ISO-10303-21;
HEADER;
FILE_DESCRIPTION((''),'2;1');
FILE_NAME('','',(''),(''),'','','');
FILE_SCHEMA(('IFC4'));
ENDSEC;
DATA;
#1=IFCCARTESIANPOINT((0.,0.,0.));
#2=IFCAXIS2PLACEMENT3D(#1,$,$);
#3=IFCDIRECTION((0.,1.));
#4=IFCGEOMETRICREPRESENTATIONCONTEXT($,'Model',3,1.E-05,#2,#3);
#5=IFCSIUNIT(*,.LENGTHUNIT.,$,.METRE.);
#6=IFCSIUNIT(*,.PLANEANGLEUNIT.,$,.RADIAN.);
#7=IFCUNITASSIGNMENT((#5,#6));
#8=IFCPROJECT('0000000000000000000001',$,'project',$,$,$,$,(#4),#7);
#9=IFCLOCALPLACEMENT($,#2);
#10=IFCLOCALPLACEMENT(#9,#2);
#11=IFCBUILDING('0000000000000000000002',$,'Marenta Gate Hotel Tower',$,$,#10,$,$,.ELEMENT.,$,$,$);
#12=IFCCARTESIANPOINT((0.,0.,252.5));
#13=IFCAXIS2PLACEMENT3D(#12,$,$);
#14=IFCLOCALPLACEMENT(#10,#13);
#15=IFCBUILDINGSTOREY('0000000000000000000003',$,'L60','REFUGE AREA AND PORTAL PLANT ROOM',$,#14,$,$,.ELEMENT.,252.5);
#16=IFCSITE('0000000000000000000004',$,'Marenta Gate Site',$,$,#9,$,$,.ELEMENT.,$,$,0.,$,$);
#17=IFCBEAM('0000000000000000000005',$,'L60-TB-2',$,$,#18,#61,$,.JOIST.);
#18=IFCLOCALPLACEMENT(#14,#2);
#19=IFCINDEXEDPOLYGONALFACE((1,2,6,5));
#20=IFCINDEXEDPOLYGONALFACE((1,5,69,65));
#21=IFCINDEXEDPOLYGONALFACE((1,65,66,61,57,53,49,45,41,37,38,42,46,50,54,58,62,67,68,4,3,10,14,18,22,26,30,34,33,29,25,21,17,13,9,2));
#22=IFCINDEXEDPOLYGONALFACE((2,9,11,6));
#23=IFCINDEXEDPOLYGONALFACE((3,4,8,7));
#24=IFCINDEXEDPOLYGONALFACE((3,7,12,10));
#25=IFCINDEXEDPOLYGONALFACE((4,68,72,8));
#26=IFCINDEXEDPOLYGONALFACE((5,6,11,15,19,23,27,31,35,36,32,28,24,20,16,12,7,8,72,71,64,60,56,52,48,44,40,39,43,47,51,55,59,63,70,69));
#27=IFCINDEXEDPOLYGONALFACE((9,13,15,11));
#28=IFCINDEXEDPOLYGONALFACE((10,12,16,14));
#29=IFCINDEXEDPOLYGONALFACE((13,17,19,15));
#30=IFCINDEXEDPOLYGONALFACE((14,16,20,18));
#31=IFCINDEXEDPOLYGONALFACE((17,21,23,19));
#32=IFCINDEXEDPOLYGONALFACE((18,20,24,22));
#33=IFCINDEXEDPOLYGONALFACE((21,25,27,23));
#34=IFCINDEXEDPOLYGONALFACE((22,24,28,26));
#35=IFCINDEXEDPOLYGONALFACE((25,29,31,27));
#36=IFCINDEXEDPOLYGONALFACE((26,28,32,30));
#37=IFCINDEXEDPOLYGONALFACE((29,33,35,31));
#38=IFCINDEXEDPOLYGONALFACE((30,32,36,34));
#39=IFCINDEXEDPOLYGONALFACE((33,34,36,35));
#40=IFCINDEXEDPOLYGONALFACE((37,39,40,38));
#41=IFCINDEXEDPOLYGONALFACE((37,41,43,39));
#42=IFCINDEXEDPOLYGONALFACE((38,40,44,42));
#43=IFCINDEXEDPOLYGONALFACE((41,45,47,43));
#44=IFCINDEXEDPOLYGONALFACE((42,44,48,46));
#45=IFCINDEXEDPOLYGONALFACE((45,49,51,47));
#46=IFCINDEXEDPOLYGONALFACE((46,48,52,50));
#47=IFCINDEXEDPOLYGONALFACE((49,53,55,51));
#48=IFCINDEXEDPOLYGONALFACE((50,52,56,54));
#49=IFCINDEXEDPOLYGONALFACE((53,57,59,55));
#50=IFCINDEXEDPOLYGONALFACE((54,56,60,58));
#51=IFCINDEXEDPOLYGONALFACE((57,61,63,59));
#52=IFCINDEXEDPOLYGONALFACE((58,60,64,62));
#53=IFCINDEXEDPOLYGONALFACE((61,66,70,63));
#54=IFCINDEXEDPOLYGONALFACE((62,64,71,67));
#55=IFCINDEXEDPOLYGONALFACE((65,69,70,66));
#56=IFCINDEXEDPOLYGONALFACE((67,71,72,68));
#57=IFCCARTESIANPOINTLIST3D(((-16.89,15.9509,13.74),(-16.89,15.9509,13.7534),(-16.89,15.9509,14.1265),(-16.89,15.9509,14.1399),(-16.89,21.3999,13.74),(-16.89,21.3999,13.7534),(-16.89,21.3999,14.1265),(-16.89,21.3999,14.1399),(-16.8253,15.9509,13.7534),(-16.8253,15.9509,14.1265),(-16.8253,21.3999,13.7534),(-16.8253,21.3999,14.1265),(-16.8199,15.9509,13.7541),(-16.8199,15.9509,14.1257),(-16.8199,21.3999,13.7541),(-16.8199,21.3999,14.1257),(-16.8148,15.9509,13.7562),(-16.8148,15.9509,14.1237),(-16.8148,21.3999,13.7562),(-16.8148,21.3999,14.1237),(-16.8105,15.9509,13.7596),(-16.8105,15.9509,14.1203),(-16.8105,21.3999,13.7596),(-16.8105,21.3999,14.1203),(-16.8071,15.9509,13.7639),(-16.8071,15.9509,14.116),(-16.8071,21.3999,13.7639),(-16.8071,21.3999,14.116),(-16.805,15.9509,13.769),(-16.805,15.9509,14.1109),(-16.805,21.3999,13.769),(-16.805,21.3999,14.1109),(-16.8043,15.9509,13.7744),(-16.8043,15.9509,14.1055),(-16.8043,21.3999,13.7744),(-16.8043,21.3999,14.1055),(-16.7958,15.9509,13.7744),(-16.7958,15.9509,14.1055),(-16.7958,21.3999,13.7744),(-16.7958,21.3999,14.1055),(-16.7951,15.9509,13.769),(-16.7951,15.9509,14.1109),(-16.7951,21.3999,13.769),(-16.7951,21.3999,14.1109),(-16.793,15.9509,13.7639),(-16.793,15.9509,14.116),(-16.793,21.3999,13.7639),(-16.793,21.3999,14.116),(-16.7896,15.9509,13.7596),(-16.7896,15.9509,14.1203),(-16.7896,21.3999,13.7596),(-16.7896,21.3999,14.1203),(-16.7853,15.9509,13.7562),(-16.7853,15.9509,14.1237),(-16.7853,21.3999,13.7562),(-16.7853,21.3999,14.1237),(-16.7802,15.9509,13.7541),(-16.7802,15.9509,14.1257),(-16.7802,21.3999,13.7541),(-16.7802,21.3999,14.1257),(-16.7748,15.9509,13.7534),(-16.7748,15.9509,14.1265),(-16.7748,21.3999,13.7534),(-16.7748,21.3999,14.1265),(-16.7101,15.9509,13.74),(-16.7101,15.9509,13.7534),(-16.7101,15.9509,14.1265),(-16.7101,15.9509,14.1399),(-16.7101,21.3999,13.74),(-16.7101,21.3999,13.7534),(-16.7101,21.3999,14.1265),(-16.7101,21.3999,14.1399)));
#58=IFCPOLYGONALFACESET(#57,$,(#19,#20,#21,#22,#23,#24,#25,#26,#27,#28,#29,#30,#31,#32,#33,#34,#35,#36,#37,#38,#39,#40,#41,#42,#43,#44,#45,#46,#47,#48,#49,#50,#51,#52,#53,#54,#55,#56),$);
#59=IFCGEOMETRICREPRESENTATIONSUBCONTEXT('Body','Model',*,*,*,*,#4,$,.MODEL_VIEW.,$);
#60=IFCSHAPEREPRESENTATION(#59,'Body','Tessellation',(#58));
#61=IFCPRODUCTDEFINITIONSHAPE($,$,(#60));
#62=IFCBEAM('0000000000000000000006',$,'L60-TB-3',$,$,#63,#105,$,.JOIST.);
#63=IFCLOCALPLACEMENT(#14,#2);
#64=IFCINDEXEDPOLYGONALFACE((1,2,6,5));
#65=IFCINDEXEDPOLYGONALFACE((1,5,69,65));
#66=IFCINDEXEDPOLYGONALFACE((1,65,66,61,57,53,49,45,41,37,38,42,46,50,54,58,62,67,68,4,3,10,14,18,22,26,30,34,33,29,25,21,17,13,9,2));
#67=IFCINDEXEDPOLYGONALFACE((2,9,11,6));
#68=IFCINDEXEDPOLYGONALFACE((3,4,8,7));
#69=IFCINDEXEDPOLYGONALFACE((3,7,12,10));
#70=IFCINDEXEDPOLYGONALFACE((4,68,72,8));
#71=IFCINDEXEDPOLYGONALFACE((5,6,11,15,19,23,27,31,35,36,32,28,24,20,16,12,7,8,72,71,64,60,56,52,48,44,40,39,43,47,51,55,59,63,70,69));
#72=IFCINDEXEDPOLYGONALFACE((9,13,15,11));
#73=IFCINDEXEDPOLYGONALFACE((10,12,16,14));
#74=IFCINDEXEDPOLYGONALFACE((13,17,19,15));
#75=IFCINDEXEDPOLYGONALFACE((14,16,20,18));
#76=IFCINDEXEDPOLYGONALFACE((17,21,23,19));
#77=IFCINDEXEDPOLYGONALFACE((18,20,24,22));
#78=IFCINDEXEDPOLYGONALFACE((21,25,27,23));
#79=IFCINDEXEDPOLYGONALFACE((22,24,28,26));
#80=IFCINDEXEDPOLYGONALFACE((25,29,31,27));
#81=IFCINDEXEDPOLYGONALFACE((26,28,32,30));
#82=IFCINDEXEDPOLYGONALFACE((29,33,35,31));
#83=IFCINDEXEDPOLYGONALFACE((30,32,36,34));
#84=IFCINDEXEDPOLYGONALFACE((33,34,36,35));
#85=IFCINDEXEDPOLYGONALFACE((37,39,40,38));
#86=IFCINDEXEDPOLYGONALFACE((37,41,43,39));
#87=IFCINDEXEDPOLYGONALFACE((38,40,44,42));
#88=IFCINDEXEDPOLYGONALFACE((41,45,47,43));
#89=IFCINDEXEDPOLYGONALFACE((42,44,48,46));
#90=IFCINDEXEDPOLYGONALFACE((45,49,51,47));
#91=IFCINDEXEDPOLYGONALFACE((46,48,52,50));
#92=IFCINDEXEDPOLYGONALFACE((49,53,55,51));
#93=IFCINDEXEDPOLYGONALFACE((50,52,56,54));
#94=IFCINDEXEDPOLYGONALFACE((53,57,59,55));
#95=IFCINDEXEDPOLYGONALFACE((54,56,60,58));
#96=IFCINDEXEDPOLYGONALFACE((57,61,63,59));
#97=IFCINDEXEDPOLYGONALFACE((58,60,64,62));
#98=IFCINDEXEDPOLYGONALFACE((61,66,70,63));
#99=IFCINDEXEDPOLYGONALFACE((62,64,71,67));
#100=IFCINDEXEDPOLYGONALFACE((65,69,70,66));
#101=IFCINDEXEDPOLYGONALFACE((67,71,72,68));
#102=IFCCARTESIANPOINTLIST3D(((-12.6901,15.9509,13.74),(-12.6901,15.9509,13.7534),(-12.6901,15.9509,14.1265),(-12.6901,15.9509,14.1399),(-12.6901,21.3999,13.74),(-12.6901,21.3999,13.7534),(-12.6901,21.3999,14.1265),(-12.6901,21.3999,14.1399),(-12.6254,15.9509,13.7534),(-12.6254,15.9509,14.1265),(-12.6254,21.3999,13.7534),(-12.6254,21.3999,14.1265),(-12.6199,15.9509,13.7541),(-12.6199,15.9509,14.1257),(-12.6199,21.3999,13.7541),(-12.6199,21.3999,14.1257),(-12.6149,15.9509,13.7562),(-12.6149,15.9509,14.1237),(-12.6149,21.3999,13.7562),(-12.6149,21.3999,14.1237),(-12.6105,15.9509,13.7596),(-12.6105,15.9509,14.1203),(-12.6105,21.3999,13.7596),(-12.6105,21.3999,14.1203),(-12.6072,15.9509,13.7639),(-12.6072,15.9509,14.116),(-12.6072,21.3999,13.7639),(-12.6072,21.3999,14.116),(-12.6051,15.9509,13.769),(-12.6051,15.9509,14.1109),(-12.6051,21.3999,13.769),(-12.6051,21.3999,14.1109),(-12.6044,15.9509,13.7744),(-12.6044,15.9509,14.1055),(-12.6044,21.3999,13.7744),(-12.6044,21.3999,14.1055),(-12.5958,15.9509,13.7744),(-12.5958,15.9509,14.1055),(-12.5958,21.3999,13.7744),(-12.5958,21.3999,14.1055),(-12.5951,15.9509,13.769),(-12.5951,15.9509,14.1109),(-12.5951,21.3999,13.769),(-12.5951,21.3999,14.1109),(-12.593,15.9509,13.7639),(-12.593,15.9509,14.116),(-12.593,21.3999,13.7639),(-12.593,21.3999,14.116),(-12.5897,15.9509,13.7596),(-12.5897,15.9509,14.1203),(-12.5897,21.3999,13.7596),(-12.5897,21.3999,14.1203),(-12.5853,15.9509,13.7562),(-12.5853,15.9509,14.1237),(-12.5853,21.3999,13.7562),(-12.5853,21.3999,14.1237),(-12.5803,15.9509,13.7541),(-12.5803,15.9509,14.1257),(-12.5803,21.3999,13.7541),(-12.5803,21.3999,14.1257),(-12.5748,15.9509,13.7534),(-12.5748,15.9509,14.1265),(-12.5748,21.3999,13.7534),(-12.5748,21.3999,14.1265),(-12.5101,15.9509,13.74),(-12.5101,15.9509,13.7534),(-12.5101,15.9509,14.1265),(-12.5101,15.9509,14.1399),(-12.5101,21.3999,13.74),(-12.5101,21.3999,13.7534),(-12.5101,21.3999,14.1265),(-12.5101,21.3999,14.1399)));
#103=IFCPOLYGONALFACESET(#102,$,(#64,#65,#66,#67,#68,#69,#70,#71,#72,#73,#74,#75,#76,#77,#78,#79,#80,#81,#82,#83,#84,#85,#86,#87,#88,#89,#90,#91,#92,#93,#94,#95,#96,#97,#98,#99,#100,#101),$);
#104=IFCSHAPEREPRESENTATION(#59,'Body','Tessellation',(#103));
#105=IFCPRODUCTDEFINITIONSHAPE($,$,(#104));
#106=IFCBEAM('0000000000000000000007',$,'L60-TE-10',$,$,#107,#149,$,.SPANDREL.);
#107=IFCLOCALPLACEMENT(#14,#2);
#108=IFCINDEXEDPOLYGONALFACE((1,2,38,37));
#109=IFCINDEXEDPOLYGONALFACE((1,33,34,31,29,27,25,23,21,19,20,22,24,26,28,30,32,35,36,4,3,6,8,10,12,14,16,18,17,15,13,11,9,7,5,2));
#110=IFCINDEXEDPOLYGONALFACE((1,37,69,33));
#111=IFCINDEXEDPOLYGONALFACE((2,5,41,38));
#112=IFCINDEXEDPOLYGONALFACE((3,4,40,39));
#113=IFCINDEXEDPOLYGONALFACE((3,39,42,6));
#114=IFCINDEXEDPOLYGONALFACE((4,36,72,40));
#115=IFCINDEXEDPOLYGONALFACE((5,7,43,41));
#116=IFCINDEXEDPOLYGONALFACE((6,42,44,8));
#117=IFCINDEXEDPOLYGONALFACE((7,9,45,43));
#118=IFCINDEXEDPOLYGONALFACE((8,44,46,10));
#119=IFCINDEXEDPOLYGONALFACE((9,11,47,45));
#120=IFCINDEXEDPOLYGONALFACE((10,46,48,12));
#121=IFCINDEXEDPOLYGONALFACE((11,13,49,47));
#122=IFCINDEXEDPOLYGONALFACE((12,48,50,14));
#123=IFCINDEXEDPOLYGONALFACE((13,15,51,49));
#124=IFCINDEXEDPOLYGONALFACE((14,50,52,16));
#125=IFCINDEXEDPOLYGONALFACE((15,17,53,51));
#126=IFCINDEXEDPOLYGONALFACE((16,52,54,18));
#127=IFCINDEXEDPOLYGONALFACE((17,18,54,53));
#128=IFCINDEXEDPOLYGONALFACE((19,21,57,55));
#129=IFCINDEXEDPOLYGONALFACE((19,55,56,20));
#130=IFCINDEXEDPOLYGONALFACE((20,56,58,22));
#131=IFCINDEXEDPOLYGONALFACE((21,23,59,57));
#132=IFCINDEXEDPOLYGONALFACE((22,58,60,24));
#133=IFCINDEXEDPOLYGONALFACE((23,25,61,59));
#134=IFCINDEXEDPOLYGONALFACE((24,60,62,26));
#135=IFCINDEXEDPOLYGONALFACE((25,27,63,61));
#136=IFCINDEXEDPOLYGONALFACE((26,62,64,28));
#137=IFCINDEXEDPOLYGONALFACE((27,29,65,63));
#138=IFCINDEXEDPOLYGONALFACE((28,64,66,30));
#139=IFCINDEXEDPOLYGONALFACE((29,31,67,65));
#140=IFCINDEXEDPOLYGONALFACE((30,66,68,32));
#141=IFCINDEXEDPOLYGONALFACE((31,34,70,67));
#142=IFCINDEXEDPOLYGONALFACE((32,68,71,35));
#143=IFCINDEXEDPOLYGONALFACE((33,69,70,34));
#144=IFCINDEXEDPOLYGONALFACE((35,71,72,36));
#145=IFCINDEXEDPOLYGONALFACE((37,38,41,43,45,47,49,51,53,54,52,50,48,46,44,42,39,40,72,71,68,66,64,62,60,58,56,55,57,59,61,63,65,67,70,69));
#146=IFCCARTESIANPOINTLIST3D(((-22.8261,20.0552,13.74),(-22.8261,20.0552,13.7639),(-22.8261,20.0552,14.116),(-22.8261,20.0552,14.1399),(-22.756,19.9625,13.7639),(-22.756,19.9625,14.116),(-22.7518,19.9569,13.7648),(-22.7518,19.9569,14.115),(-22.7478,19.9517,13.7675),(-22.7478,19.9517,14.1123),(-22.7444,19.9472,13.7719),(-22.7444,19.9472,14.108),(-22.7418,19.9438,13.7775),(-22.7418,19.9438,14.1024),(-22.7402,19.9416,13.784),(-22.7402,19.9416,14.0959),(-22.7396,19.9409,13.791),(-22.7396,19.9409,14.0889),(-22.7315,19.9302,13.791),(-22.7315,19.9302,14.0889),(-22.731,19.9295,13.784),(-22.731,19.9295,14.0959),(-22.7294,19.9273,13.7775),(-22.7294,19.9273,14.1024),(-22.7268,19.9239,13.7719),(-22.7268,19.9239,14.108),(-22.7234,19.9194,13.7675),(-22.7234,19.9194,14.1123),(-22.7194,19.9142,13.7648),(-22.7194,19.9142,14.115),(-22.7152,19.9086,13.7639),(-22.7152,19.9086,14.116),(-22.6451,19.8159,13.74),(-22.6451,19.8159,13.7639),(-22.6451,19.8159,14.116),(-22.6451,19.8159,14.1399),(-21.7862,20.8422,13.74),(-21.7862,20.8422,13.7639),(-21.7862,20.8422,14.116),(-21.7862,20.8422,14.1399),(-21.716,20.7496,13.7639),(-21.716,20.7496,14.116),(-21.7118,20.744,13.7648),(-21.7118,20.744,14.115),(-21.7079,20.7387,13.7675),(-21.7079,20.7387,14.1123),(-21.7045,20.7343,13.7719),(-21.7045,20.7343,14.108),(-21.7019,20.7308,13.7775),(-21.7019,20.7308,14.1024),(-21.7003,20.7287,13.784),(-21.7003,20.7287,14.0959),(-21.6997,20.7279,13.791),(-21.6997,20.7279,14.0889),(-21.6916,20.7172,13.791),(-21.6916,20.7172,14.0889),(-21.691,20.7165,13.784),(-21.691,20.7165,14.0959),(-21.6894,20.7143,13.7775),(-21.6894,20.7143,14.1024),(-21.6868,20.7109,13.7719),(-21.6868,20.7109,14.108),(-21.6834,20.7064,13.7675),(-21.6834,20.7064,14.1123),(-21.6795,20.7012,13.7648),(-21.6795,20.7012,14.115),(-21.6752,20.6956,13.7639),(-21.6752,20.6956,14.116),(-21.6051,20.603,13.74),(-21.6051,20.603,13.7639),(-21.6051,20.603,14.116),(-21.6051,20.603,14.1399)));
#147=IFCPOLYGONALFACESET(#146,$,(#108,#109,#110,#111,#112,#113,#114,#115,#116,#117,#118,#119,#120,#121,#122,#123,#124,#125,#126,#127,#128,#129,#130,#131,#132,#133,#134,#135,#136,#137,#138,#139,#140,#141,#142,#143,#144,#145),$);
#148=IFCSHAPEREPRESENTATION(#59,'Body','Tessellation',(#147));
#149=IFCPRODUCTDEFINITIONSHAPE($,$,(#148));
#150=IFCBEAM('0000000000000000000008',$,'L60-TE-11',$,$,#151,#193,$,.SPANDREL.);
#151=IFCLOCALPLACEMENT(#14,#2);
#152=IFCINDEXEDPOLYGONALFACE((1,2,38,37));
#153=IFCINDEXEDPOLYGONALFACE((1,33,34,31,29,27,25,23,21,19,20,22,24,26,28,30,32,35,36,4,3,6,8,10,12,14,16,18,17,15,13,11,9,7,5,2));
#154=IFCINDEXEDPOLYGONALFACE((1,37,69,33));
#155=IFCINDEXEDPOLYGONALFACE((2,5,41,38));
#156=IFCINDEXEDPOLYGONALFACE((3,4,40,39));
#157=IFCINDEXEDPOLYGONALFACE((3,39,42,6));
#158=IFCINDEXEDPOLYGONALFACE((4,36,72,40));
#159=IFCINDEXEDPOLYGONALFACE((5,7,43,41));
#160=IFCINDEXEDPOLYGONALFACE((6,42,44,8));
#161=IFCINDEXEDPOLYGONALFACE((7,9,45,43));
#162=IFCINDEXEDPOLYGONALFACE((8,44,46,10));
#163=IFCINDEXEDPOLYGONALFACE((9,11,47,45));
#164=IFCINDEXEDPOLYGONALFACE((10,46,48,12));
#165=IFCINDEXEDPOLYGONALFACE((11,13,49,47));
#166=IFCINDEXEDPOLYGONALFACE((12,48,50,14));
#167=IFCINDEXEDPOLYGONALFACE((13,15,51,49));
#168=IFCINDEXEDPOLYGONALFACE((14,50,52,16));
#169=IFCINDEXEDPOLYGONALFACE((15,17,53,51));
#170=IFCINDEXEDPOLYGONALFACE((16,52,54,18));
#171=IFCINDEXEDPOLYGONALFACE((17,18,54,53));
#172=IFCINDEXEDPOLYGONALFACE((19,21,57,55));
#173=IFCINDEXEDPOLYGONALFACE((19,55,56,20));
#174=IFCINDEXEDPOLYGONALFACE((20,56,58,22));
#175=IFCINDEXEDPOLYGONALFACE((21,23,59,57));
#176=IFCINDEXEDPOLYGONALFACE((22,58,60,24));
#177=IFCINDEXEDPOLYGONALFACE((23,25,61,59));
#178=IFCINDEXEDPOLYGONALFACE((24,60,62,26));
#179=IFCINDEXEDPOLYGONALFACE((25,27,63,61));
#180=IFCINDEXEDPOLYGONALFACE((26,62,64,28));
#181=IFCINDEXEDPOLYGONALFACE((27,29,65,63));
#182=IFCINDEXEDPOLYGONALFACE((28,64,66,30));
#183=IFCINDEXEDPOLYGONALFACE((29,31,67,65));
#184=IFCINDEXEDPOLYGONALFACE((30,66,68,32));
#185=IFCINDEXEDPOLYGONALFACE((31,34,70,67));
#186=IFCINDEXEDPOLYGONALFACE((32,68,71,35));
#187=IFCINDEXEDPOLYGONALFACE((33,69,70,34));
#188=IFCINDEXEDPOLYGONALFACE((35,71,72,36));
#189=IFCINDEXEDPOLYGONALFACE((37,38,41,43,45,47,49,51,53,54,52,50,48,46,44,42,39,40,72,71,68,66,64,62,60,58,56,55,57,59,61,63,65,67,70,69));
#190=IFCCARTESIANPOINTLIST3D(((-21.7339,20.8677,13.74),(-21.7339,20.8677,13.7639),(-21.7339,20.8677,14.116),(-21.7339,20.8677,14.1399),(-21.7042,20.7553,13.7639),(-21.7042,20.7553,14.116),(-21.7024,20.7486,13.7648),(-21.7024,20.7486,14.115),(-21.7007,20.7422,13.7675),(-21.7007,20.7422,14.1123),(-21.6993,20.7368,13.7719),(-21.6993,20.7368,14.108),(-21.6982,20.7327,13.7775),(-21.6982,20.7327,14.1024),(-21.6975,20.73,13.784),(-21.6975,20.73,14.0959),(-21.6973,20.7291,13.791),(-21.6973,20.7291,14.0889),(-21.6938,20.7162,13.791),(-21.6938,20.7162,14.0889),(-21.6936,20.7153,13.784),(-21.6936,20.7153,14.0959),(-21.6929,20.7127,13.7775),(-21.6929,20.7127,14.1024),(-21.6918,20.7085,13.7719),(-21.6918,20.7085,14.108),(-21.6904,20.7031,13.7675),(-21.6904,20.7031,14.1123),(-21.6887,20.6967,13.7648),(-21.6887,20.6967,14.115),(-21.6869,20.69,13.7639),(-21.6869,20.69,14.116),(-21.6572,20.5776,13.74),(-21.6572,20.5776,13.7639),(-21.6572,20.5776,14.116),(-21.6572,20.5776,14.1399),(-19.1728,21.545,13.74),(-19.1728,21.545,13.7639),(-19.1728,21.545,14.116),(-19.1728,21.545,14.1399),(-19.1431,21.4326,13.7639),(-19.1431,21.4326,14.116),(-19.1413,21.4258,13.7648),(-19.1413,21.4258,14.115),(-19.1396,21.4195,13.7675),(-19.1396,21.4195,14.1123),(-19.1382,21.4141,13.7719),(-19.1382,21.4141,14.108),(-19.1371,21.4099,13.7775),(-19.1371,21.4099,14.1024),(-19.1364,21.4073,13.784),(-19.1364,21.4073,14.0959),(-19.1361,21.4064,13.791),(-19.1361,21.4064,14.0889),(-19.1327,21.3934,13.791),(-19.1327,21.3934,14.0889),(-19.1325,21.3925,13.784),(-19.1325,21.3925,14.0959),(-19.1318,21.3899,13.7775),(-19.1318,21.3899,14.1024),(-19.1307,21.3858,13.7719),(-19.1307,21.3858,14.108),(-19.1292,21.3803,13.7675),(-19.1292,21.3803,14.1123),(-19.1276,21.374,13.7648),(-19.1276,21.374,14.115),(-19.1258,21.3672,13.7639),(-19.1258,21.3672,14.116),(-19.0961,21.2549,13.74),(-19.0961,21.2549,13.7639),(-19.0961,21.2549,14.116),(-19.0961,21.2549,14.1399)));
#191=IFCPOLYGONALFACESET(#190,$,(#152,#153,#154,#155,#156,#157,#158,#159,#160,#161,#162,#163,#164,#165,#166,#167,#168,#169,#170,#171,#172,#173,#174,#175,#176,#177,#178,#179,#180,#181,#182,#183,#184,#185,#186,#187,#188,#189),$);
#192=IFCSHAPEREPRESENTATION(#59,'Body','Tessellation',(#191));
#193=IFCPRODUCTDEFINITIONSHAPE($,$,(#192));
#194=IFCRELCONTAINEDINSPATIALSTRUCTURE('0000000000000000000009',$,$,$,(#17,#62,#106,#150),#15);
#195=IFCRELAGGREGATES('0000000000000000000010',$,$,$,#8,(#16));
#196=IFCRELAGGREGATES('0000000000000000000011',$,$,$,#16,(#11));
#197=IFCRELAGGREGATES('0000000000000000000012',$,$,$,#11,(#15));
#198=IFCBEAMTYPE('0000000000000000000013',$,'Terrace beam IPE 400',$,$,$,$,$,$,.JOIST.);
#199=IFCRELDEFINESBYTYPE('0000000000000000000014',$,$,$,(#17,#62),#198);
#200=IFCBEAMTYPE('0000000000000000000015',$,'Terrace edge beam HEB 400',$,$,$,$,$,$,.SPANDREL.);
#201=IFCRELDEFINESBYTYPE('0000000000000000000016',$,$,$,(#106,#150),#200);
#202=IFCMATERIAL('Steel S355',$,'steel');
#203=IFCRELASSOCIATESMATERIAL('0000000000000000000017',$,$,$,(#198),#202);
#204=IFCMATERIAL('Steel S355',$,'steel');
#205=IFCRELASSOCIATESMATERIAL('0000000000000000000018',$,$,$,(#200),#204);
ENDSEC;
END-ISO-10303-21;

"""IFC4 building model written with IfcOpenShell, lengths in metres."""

from ifc_helpers import new_model, si_unit, direction, frame, origin, origin_2d, place, context, subcontext, project, spatial, i_section, extrude, material, material_profile, profile_set, type_object, element, save


model = new_model("IFC4")

# Units and contexts
model_context = context("Model", 3, precision=1e-05, world=origin(), true_north=direction((0.0, 1.0)))
body_context = subcontext(model_context, "Body", "Model", "MODEL_VIEW")
ifc_project = project(units=[si_unit("LENGTHUNIT", "METRE"), si_unit("PLANEANGLEUNIT", "RADIAN")], contexts=[model_context])

# Site, building, storey
site_placement = place(None, origin())
site = spatial("IfcSite", under=ifc_project, at=site_placement, Name="Marenta Gate Site", CompositionType="ELEMENT", RefElevation=0.0)
building_placement = place(site_placement, origin())
building = spatial("IfcBuilding", under=site, at=building_placement, Name="Marenta Gate Hotel Tower", CompositionType="ELEMENT")
storey_placement = place(building_placement, frame((0.0, 0.0, 252.5)))
storey = spatial("IfcBuildingStorey", under=building, at=storey_placement, Name="L60", Description="REFUGE AREA AND PORTAL PLANT ROOM", CompositionType="ELEMENT", Elevation=252.5)

# Beams
ifc_material_1 = material(Name="Steel S355", Category="steel")
ifc_material_profile_1 = material_profile(ifc_material_1, i_section(OverallWidth=0.1799, OverallDepth=0.3999, WebThickness=0.0085, FlangeThickness=0.0134, FilletRadius=0.021, at=origin_2d()), Name="IPE 400")
ifc_profile_set_1 = profile_set([ifc_material_profile_1], Name="Steel S355")
beam_type_1 = type_object("IfcBeamType", Name="Terrace beam IPE 400", PredefinedType="JOIST", material=ifc_profile_set_1)
for number, where, z_axis, x_axis, name in (
    (1, (-16.8, 15.9509, 13.9399), (0.0, 1.0, 0.0), (-1.0, 0.0, 0.0), "L60-TB-2"),
    (2, (-12.6001, 15.9509, 13.9399), (0.0, 1.0, 0.0), (-1.0, 0.0, 0.0), "L60-TB-3"),
):
    element("IfcBeam", number, at=place(storey_placement, frame(where, z_axis=z_axis, x_axis=x_axis)), inside=storey, type_object=beam_type_1, Name=name, PredefinedType="JOIST", context=body_context, shape_type="SweptSolid", body=[
        extrude(i_section(OverallWidth=0.1799, OverallDepth=0.3999, WebThickness=0.0085, FlangeThickness=0.0134, FilletRadius=0.021, at=origin_2d()), origin(), (0.0, 0.0, 1.0), 5.449),
    ])
ifc_material_2 = material(Name="Steel S355", Category="steel")
ifc_material_profile_2 = material_profile(ifc_material_2, i_section(OverallWidth=0.3, OverallDepth=0.3999, WebThickness=0.0134, FlangeThickness=0.0239, FilletRadius=0.0271, at=origin_2d()), Name="HEB 400")
ifc_profile_set_2 = profile_set([ifc_material_profile_2], Name="Steel S355")
beam_type_2 = type_object("IfcBeamType", Name="Terrace edge beam HEB 400", PredefinedType="SPANDREL", material=ifc_profile_set_2)
beam_1_placement = place(storey_placement, frame((-22.7356, 19.9355, 13.9399), z_axis=(0.797387, 0.603468, 0.0), x_axis=(-0.603468, 0.797387, 0.0)))
element("IfcBeam", 3, at=beam_1_placement, inside=storey, type_object=beam_type_2, Name="L60-TE-10", PredefinedType="SPANDREL", context=body_context, shape_type="SweptSolid", body=[
    extrude(i_section(OverallWidth=0.3, OverallDepth=0.3999, WebThickness=0.0134, FlangeThickness=0.0239, FilletRadius=0.0271, at=origin_2d()), origin(), (0.0, 0.0, 1.0), 1.3042),
])
beam_2_placement = place(storey_placement, frame((-21.6956, 20.7227, 13.9399), z_axis=(0.966768, 0.255654, 0.0), x_axis=(-0.255654, 0.966768, 0.0)))
element("IfcBeam", 4, at=beam_2_placement, inside=storey, type_object=beam_type_2, Name="L60-TE-11", PredefinedType="SPANDREL", context=body_context, shape_type="SweptSolid", body=[
    extrude(i_section(OverallWidth=0.3, OverallDepth=0.3999, WebThickness=0.0134, FlangeThickness=0.0239, FilletRadius=0.0271, at=origin_2d()), origin(), (0.0, 0.0, 1.0), 2.6492),
])

save(model, "model.ifc")
